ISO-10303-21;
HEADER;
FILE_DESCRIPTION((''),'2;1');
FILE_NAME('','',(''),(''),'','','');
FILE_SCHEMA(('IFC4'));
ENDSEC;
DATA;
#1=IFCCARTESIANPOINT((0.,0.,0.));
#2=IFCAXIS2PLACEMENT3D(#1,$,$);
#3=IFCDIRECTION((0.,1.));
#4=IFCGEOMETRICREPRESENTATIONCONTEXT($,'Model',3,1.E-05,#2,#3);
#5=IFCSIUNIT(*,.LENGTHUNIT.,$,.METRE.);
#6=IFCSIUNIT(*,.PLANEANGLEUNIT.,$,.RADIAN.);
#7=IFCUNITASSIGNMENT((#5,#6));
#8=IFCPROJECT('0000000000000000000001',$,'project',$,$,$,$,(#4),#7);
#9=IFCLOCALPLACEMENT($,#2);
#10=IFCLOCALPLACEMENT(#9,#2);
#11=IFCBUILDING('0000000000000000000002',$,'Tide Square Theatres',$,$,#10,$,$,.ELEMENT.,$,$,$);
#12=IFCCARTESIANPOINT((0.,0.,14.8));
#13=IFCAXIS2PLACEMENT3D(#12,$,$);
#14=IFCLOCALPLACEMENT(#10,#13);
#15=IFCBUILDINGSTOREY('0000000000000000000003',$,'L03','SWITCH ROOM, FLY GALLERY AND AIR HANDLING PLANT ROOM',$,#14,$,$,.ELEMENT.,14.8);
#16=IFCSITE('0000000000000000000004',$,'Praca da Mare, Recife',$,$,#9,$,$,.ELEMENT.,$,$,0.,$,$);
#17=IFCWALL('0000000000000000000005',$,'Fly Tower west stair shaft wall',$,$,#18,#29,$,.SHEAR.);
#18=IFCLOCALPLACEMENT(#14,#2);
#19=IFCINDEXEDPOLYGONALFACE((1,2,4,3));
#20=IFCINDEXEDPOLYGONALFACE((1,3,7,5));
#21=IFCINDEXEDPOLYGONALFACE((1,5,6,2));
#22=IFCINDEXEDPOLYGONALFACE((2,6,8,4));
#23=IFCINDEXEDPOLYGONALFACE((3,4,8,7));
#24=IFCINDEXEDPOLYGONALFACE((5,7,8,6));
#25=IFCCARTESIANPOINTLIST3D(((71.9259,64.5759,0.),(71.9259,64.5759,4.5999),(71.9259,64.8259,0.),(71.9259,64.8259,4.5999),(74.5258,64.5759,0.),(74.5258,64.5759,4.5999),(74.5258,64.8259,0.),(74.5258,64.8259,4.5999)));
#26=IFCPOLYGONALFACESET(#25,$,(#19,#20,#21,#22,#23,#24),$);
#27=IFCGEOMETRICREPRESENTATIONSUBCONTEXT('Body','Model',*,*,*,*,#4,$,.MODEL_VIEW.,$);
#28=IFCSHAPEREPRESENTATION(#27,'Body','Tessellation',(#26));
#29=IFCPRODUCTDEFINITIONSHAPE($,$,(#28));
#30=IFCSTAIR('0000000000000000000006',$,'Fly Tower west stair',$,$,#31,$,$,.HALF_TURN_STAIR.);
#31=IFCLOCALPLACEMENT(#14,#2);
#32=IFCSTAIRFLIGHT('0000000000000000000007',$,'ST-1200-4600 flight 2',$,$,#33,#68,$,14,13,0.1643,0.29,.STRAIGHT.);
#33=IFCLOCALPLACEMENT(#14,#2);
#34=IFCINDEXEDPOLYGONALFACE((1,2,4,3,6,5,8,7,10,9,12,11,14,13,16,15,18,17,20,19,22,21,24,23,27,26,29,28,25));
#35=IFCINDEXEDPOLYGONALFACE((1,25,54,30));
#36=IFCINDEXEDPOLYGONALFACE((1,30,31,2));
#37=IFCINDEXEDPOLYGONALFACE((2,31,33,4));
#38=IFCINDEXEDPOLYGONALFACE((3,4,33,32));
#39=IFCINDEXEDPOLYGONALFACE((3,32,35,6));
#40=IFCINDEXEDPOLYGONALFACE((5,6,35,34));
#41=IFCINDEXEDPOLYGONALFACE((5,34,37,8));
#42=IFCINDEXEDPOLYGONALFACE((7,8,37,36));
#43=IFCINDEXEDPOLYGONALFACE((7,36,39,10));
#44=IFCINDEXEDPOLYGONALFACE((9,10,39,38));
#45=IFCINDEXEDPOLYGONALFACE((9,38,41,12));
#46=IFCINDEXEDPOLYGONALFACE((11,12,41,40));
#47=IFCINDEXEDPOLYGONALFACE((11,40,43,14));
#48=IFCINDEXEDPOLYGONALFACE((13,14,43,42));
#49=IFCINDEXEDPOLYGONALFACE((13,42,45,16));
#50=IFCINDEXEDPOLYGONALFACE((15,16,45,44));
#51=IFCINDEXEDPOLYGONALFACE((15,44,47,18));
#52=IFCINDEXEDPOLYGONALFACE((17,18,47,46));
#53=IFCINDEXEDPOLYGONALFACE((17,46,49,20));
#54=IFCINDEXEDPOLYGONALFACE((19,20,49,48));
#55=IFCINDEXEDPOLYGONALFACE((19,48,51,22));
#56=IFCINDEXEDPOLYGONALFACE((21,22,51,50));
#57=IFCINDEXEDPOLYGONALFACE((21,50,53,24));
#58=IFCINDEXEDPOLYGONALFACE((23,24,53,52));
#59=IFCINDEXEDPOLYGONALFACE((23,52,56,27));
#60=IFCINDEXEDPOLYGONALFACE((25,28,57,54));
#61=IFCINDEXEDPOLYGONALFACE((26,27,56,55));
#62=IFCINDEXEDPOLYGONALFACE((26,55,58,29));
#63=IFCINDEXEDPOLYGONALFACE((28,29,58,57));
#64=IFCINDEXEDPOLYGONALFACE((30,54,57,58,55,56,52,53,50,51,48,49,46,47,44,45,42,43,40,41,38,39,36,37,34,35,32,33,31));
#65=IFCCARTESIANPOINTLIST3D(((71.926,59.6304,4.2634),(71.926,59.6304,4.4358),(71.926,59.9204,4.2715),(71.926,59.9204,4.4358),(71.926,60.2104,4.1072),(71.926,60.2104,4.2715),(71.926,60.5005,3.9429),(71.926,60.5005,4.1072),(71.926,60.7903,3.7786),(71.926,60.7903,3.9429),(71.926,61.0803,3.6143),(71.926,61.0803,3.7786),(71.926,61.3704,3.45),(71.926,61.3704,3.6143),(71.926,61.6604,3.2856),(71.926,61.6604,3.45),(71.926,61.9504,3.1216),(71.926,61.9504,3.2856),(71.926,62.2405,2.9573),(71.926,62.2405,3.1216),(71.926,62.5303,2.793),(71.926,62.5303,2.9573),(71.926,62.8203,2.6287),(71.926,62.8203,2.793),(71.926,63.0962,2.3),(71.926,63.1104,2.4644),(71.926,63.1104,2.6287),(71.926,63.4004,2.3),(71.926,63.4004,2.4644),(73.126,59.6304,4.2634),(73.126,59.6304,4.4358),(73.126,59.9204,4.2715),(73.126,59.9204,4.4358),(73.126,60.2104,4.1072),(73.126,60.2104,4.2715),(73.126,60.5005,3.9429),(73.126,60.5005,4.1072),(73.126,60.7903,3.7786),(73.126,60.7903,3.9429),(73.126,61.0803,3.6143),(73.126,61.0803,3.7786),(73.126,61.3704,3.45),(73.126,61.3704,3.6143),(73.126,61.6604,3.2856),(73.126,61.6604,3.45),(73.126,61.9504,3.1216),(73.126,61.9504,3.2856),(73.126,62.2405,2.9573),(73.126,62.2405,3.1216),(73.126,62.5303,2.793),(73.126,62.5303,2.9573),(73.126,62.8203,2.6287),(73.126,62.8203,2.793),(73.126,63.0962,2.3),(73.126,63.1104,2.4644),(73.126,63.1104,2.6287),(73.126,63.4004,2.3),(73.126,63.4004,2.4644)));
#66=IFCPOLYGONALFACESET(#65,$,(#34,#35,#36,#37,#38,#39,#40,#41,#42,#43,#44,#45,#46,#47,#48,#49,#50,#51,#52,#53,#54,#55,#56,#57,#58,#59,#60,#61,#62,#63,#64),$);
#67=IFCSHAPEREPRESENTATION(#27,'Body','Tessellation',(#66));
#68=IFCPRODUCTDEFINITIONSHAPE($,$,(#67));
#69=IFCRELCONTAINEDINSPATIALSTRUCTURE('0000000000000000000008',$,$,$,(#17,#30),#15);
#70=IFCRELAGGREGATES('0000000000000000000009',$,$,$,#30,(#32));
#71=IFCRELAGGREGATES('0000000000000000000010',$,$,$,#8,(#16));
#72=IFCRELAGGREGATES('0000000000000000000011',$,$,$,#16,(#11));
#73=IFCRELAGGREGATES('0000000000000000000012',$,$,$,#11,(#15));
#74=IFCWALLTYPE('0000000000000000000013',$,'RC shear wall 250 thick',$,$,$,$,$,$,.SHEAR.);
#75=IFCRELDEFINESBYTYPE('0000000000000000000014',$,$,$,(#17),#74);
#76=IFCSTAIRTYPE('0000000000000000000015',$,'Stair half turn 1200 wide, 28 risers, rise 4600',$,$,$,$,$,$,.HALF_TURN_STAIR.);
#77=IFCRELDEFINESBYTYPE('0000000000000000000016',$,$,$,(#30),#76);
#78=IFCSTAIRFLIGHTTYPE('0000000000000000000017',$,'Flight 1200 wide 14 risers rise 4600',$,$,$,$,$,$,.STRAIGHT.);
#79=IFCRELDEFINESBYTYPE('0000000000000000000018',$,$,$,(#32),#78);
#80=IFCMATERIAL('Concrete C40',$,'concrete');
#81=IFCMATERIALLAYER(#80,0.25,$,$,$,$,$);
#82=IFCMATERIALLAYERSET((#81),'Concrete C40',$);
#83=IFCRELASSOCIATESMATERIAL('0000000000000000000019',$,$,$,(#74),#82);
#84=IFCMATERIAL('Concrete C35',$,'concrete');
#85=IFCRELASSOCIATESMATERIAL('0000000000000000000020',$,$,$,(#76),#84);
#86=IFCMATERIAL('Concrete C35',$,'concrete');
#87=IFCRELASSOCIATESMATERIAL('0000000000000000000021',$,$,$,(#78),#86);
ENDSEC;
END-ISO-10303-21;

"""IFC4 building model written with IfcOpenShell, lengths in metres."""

from ifc_helpers import new_model, si_unit, direction, frame, frame_2d, origin, place, context, subcontext, project, spatial, polyline, rectangle, outline, extrude, material, layer, layer_set, type_object, element, aggregate, save


model = new_model("IFC4")

# Units and contexts
model_context = context("Model", 3, precision=1e-05, world=origin(), true_north=direction((0.0, 1.0)))
body_context = subcontext(model_context, "Body", "Model", "MODEL_VIEW")
ifc_project = project(units=[si_unit("LENGTHUNIT", "METRE"), si_unit("PLANEANGLEUNIT", "RADIAN")], contexts=[model_context])

# Site, building, storey
site_placement = place(None, origin())
site = spatial("IfcSite", under=ifc_project, at=site_placement, Name="Praca da Mare, Recife", CompositionType="ELEMENT", RefElevation=0.0)
building_placement = place(site_placement, origin())
building = spatial("IfcBuilding", under=site, at=building_placement, Name="Tide Square Theatres", CompositionType="ELEMENT")
storey_placement = place(building_placement, frame((0.0, 0.0, 14.8)))
storey = spatial("IfcBuildingStorey", under=building, at=storey_placement, Name="L03", Description="SWITCH ROOM, FLY GALLERY AND AIR HANDLING PLANT ROOM", CompositionType="ELEMENT", Elevation=14.8)

# Wall
ifc_material_1 = material(Name="Concrete C40", Category="concrete")
ifc_layer_1 = layer(ifc_material_1, 0.25)
ifc_layer_set_1 = layer_set([ifc_layer_1], Name="Concrete C40")
wall_type = type_object("IfcWallType", Name="RC shear wall 250 thick", PredefinedType="SHEAR", material=ifc_layer_set_1)
wall_1_placement = place(storey_placement, frame((71.926, 64.7009, 0.0), z_axis=(0.0, 0.0, 1.0), x_axis=(1.0, 0.0, 0.0)))
element("IfcWall", 1, at=wall_1_placement, inside=storey, type_object=wall_type, Name="Fly Tower west stair shaft wall", PredefinedType="SHEAR", context=body_context, shape_type="SweptSolid", body=[
    extrude(rectangle(XDim=2.5999, YDim=0.25, at=frame_2d((1.2998, 0.0))), origin(), (0.0, 0.0, 1.0), 4.5999),
])

# Stair, stair flight
ifc_material_2 = material(Name="Concrete C35", Category="concrete")
stair_type = type_object("IfcStairType", Name="Stair half turn 1200 wide, 28 risers, rise 4600", PredefinedType="HALF_TURN_STAIR", material=ifc_material_2)
stair_placement = place(storey_placement, origin())
stair = element("IfcStair", 2, at=stair_placement, inside=storey, type_object=stair_type, Name="Fly Tower west stair", PredefinedType="HALF_TURN_STAIR")
ifc_material_3 = material(Name="Concrete C35", Category="concrete")
stair_flight_type = type_object("IfcStairFlightType", Name="Flight 1200 wide 14 risers rise 4600", PredefinedType="STRAIGHT", material=ifc_material_3)
stair_flight_placement = place(storey_placement, frame((72.5259, 63.4004, 2.3), z_axis=(0.0, 0.0, 1.0), x_axis=(0.0, -1.0, 0.0)))
stair_flight = element("IfcStairFlight", 3, at=stair_flight_placement, type_object=stair_flight_type, Name="ST-1200-4600 flight 2", NumberOfRisers=14, NumberOfTreads=13, PredefinedType="STRAIGHT", RiserHeight=0.1643, TreadLength=0.29, context=body_context, shape_type="SweptSolid", body=[
    extrude(outline(polyline([(0.0, 0.0), (0.0, 0.1643), (0.29, 0.1643), (0.29, 0.3286), (0.5801, 0.3286), (0.5801, 0.4929), (0.8701, 0.4929), (0.8701, 0.6572), (1.1599, 0.6572), (1.1599, 0.8215), (1.45, 0.8215), (1.45, 0.9856), (1.74, 0.9856), (1.74, 1.1499), (2.03, 1.1499), (2.03, 1.3142), (2.3201, 1.3142), (2.3201, 1.4785), (2.6101, 1.4785), (2.6101, 1.6428), (2.8999, 1.6428), (2.8999, 1.8071), (3.1899, 1.8071), (3.1899, 1.9714), (3.48, 1.9714), (3.48, 2.1357), (3.77, 2.1357), (3.77, 2.3), (3.77, 1.9634), (0.3042, 0.0), (0.0, 0.0)])), frame((0.0, 0.6001, 0.0), z_axis=(0.0, -1.0, 0.0), x_axis=(1.0, 0.0, 0.0)), (0.0, 0.0, 1.0), 1.2),
])
aggregate(stair, [stair_flight])

save(model, "model.ifc")
